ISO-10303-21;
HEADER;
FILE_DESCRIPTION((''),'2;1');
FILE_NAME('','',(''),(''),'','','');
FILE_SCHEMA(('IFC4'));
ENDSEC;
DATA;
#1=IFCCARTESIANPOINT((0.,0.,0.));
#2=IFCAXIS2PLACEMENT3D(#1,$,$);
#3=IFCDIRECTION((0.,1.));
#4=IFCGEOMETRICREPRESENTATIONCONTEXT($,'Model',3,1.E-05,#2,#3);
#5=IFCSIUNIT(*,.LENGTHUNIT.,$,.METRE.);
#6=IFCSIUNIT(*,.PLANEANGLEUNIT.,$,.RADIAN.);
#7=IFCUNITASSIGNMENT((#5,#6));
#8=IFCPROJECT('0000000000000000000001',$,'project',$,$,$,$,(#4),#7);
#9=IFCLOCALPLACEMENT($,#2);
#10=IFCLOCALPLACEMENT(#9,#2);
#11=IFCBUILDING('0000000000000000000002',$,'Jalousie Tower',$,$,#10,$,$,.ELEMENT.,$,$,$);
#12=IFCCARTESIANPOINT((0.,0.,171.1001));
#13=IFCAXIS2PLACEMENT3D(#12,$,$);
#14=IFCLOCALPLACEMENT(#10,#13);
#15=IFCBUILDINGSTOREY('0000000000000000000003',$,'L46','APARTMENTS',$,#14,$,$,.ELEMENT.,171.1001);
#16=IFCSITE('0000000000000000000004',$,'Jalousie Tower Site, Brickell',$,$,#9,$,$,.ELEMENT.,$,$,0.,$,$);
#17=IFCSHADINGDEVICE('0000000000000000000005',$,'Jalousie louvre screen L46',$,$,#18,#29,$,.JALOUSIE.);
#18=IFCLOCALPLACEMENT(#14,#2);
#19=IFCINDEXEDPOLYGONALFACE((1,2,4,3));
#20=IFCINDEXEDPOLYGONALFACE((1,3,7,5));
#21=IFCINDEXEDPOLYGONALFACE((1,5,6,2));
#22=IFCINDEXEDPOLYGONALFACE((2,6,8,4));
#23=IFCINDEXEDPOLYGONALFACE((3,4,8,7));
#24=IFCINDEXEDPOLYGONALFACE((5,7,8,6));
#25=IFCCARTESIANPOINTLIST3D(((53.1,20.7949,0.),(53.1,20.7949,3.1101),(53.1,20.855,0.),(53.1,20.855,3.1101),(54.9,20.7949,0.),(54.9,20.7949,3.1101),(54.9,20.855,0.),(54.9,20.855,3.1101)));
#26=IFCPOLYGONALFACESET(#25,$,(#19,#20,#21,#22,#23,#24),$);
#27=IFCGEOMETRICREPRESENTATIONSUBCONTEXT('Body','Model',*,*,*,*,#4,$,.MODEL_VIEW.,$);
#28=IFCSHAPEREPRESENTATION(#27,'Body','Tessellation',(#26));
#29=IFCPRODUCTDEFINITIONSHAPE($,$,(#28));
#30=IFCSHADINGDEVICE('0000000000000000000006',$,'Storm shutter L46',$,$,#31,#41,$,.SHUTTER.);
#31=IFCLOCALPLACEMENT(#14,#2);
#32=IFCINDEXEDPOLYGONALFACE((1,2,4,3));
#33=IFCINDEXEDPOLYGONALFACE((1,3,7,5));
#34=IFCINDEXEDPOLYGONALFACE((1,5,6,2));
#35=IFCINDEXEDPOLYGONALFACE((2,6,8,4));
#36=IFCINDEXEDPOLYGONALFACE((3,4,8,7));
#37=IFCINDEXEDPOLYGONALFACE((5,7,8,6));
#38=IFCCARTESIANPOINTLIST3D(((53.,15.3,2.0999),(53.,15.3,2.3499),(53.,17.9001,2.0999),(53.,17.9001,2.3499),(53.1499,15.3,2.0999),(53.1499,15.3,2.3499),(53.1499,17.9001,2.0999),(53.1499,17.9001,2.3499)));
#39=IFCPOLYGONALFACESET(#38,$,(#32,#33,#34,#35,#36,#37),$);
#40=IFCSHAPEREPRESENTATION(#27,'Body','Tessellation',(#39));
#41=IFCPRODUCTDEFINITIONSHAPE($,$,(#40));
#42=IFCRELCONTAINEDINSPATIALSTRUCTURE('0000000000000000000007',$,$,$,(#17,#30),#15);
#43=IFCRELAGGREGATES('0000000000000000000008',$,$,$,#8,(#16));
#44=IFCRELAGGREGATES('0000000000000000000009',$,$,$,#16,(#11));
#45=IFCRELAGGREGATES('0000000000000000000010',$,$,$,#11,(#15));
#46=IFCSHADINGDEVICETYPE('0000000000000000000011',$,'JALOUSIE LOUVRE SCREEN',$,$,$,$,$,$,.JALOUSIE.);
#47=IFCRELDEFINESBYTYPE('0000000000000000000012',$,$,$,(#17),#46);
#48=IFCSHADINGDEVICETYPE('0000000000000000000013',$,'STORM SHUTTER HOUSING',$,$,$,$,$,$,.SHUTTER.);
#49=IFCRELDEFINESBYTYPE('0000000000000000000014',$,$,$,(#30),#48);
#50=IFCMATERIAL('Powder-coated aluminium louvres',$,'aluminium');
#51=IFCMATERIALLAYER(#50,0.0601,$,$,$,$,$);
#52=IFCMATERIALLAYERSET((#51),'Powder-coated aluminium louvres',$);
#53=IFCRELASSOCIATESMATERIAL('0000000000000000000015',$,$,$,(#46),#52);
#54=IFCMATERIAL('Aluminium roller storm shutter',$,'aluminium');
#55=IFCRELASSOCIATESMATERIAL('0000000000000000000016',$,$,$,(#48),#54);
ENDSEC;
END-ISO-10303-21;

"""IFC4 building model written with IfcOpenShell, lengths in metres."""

from ifc_helpers import new_model, si_unit, direction, frame, origin, origin_2d, place, context, subcontext, project, spatial, rectangle, extrude, material, layer, layer_set, type_object, element, save


model = new_model("IFC4")

# Units and contexts
model_context = context("Model", 3, precision=1e-05, world=origin(), true_north=direction((0.0, 1.0)))
body_context = subcontext(model_context, "Body", "Model", "MODEL_VIEW")
ifc_project = project(units=[si_unit("LENGTHUNIT", "METRE"), si_unit("PLANEANGLEUNIT", "RADIAN")], contexts=[model_context])

# Site, building, storey
site_placement = place(None, origin())
site = spatial("IfcSite", under=ifc_project, at=site_placement, Name="Jalousie Tower Site, Brickell", CompositionType="ELEMENT", RefElevation=0.0)
building_placement = place(site_placement, origin())
building = spatial("IfcBuilding", under=site, at=building_placement, Name="Jalousie Tower", CompositionType="ELEMENT")
storey_placement = place(building_placement, frame((0.0, 0.0, 171.1001)))
storey = spatial("IfcBuildingStorey", under=building, at=storey_placement, Name="L46", Description="APARTMENTS", CompositionType="ELEMENT", Elevation=171.1001)

# Shading devices
ifc_material_1 = material(Name="Powder-coated aluminium louvres", Category="aluminium")
ifc_layer_1 = layer(ifc_material_1, 0.0601)
ifc_layer_set_1 = layer_set([ifc_layer_1], Name="Powder-coated aluminium louvres")
shading_device_type_1 = type_object("IfcShadingDeviceType", Name="JALOUSIE LOUVRE SCREEN", PredefinedType="JALOUSIE", material=ifc_layer_set_1)
for number, where, z_axis, x_axis, name in (
    (1, (54.0, 20.825, 0.0), (0.0, 0.0, 1.0), (0.0, 1.0, 0.0), "Jalousie louvre screen L46"),
):
    element("IfcShadingDevice", number, at=place(storey_placement, frame(where, z_axis=z_axis, x_axis=x_axis)), inside=storey, type_object=shading_device_type_1, Name=name, PredefinedType="JALOUSIE", context=body_context, shape_type="SweptSolid", body=[
        extrude(rectangle(XDim=0.0601, YDim=1.8, at=origin_2d()), origin(), (0.0, 0.0, 1.0), 3.1101),
    ])
ifc_material_2 = material(Name="Aluminium roller storm shutter", Category="aluminium")
shading_device_type_2 = type_object("IfcShadingDeviceType", Name="STORM SHUTTER HOUSING", PredefinedType="SHUTTER", material=ifc_material_2)
shading_device_placement = place(storey_placement, frame((53.075, 16.6001, 2.0999), z_axis=(0.0, 0.0, 1.0), x_axis=(0.0, 1.0, 0.0)))
element("IfcShadingDevice", 2, at=shading_device_placement, inside=storey, type_object=shading_device_type_2, Name="Storm shutter L46", PredefinedType="SHUTTER", context=body_context, shape_type="SweptSolid", body=[
    extrude(rectangle(XDim=2.6001, YDim=0.1499, at=origin_2d()), origin(), (0.0, 0.0, 1.0), 0.25),
])

save(model, "model.ifc")
